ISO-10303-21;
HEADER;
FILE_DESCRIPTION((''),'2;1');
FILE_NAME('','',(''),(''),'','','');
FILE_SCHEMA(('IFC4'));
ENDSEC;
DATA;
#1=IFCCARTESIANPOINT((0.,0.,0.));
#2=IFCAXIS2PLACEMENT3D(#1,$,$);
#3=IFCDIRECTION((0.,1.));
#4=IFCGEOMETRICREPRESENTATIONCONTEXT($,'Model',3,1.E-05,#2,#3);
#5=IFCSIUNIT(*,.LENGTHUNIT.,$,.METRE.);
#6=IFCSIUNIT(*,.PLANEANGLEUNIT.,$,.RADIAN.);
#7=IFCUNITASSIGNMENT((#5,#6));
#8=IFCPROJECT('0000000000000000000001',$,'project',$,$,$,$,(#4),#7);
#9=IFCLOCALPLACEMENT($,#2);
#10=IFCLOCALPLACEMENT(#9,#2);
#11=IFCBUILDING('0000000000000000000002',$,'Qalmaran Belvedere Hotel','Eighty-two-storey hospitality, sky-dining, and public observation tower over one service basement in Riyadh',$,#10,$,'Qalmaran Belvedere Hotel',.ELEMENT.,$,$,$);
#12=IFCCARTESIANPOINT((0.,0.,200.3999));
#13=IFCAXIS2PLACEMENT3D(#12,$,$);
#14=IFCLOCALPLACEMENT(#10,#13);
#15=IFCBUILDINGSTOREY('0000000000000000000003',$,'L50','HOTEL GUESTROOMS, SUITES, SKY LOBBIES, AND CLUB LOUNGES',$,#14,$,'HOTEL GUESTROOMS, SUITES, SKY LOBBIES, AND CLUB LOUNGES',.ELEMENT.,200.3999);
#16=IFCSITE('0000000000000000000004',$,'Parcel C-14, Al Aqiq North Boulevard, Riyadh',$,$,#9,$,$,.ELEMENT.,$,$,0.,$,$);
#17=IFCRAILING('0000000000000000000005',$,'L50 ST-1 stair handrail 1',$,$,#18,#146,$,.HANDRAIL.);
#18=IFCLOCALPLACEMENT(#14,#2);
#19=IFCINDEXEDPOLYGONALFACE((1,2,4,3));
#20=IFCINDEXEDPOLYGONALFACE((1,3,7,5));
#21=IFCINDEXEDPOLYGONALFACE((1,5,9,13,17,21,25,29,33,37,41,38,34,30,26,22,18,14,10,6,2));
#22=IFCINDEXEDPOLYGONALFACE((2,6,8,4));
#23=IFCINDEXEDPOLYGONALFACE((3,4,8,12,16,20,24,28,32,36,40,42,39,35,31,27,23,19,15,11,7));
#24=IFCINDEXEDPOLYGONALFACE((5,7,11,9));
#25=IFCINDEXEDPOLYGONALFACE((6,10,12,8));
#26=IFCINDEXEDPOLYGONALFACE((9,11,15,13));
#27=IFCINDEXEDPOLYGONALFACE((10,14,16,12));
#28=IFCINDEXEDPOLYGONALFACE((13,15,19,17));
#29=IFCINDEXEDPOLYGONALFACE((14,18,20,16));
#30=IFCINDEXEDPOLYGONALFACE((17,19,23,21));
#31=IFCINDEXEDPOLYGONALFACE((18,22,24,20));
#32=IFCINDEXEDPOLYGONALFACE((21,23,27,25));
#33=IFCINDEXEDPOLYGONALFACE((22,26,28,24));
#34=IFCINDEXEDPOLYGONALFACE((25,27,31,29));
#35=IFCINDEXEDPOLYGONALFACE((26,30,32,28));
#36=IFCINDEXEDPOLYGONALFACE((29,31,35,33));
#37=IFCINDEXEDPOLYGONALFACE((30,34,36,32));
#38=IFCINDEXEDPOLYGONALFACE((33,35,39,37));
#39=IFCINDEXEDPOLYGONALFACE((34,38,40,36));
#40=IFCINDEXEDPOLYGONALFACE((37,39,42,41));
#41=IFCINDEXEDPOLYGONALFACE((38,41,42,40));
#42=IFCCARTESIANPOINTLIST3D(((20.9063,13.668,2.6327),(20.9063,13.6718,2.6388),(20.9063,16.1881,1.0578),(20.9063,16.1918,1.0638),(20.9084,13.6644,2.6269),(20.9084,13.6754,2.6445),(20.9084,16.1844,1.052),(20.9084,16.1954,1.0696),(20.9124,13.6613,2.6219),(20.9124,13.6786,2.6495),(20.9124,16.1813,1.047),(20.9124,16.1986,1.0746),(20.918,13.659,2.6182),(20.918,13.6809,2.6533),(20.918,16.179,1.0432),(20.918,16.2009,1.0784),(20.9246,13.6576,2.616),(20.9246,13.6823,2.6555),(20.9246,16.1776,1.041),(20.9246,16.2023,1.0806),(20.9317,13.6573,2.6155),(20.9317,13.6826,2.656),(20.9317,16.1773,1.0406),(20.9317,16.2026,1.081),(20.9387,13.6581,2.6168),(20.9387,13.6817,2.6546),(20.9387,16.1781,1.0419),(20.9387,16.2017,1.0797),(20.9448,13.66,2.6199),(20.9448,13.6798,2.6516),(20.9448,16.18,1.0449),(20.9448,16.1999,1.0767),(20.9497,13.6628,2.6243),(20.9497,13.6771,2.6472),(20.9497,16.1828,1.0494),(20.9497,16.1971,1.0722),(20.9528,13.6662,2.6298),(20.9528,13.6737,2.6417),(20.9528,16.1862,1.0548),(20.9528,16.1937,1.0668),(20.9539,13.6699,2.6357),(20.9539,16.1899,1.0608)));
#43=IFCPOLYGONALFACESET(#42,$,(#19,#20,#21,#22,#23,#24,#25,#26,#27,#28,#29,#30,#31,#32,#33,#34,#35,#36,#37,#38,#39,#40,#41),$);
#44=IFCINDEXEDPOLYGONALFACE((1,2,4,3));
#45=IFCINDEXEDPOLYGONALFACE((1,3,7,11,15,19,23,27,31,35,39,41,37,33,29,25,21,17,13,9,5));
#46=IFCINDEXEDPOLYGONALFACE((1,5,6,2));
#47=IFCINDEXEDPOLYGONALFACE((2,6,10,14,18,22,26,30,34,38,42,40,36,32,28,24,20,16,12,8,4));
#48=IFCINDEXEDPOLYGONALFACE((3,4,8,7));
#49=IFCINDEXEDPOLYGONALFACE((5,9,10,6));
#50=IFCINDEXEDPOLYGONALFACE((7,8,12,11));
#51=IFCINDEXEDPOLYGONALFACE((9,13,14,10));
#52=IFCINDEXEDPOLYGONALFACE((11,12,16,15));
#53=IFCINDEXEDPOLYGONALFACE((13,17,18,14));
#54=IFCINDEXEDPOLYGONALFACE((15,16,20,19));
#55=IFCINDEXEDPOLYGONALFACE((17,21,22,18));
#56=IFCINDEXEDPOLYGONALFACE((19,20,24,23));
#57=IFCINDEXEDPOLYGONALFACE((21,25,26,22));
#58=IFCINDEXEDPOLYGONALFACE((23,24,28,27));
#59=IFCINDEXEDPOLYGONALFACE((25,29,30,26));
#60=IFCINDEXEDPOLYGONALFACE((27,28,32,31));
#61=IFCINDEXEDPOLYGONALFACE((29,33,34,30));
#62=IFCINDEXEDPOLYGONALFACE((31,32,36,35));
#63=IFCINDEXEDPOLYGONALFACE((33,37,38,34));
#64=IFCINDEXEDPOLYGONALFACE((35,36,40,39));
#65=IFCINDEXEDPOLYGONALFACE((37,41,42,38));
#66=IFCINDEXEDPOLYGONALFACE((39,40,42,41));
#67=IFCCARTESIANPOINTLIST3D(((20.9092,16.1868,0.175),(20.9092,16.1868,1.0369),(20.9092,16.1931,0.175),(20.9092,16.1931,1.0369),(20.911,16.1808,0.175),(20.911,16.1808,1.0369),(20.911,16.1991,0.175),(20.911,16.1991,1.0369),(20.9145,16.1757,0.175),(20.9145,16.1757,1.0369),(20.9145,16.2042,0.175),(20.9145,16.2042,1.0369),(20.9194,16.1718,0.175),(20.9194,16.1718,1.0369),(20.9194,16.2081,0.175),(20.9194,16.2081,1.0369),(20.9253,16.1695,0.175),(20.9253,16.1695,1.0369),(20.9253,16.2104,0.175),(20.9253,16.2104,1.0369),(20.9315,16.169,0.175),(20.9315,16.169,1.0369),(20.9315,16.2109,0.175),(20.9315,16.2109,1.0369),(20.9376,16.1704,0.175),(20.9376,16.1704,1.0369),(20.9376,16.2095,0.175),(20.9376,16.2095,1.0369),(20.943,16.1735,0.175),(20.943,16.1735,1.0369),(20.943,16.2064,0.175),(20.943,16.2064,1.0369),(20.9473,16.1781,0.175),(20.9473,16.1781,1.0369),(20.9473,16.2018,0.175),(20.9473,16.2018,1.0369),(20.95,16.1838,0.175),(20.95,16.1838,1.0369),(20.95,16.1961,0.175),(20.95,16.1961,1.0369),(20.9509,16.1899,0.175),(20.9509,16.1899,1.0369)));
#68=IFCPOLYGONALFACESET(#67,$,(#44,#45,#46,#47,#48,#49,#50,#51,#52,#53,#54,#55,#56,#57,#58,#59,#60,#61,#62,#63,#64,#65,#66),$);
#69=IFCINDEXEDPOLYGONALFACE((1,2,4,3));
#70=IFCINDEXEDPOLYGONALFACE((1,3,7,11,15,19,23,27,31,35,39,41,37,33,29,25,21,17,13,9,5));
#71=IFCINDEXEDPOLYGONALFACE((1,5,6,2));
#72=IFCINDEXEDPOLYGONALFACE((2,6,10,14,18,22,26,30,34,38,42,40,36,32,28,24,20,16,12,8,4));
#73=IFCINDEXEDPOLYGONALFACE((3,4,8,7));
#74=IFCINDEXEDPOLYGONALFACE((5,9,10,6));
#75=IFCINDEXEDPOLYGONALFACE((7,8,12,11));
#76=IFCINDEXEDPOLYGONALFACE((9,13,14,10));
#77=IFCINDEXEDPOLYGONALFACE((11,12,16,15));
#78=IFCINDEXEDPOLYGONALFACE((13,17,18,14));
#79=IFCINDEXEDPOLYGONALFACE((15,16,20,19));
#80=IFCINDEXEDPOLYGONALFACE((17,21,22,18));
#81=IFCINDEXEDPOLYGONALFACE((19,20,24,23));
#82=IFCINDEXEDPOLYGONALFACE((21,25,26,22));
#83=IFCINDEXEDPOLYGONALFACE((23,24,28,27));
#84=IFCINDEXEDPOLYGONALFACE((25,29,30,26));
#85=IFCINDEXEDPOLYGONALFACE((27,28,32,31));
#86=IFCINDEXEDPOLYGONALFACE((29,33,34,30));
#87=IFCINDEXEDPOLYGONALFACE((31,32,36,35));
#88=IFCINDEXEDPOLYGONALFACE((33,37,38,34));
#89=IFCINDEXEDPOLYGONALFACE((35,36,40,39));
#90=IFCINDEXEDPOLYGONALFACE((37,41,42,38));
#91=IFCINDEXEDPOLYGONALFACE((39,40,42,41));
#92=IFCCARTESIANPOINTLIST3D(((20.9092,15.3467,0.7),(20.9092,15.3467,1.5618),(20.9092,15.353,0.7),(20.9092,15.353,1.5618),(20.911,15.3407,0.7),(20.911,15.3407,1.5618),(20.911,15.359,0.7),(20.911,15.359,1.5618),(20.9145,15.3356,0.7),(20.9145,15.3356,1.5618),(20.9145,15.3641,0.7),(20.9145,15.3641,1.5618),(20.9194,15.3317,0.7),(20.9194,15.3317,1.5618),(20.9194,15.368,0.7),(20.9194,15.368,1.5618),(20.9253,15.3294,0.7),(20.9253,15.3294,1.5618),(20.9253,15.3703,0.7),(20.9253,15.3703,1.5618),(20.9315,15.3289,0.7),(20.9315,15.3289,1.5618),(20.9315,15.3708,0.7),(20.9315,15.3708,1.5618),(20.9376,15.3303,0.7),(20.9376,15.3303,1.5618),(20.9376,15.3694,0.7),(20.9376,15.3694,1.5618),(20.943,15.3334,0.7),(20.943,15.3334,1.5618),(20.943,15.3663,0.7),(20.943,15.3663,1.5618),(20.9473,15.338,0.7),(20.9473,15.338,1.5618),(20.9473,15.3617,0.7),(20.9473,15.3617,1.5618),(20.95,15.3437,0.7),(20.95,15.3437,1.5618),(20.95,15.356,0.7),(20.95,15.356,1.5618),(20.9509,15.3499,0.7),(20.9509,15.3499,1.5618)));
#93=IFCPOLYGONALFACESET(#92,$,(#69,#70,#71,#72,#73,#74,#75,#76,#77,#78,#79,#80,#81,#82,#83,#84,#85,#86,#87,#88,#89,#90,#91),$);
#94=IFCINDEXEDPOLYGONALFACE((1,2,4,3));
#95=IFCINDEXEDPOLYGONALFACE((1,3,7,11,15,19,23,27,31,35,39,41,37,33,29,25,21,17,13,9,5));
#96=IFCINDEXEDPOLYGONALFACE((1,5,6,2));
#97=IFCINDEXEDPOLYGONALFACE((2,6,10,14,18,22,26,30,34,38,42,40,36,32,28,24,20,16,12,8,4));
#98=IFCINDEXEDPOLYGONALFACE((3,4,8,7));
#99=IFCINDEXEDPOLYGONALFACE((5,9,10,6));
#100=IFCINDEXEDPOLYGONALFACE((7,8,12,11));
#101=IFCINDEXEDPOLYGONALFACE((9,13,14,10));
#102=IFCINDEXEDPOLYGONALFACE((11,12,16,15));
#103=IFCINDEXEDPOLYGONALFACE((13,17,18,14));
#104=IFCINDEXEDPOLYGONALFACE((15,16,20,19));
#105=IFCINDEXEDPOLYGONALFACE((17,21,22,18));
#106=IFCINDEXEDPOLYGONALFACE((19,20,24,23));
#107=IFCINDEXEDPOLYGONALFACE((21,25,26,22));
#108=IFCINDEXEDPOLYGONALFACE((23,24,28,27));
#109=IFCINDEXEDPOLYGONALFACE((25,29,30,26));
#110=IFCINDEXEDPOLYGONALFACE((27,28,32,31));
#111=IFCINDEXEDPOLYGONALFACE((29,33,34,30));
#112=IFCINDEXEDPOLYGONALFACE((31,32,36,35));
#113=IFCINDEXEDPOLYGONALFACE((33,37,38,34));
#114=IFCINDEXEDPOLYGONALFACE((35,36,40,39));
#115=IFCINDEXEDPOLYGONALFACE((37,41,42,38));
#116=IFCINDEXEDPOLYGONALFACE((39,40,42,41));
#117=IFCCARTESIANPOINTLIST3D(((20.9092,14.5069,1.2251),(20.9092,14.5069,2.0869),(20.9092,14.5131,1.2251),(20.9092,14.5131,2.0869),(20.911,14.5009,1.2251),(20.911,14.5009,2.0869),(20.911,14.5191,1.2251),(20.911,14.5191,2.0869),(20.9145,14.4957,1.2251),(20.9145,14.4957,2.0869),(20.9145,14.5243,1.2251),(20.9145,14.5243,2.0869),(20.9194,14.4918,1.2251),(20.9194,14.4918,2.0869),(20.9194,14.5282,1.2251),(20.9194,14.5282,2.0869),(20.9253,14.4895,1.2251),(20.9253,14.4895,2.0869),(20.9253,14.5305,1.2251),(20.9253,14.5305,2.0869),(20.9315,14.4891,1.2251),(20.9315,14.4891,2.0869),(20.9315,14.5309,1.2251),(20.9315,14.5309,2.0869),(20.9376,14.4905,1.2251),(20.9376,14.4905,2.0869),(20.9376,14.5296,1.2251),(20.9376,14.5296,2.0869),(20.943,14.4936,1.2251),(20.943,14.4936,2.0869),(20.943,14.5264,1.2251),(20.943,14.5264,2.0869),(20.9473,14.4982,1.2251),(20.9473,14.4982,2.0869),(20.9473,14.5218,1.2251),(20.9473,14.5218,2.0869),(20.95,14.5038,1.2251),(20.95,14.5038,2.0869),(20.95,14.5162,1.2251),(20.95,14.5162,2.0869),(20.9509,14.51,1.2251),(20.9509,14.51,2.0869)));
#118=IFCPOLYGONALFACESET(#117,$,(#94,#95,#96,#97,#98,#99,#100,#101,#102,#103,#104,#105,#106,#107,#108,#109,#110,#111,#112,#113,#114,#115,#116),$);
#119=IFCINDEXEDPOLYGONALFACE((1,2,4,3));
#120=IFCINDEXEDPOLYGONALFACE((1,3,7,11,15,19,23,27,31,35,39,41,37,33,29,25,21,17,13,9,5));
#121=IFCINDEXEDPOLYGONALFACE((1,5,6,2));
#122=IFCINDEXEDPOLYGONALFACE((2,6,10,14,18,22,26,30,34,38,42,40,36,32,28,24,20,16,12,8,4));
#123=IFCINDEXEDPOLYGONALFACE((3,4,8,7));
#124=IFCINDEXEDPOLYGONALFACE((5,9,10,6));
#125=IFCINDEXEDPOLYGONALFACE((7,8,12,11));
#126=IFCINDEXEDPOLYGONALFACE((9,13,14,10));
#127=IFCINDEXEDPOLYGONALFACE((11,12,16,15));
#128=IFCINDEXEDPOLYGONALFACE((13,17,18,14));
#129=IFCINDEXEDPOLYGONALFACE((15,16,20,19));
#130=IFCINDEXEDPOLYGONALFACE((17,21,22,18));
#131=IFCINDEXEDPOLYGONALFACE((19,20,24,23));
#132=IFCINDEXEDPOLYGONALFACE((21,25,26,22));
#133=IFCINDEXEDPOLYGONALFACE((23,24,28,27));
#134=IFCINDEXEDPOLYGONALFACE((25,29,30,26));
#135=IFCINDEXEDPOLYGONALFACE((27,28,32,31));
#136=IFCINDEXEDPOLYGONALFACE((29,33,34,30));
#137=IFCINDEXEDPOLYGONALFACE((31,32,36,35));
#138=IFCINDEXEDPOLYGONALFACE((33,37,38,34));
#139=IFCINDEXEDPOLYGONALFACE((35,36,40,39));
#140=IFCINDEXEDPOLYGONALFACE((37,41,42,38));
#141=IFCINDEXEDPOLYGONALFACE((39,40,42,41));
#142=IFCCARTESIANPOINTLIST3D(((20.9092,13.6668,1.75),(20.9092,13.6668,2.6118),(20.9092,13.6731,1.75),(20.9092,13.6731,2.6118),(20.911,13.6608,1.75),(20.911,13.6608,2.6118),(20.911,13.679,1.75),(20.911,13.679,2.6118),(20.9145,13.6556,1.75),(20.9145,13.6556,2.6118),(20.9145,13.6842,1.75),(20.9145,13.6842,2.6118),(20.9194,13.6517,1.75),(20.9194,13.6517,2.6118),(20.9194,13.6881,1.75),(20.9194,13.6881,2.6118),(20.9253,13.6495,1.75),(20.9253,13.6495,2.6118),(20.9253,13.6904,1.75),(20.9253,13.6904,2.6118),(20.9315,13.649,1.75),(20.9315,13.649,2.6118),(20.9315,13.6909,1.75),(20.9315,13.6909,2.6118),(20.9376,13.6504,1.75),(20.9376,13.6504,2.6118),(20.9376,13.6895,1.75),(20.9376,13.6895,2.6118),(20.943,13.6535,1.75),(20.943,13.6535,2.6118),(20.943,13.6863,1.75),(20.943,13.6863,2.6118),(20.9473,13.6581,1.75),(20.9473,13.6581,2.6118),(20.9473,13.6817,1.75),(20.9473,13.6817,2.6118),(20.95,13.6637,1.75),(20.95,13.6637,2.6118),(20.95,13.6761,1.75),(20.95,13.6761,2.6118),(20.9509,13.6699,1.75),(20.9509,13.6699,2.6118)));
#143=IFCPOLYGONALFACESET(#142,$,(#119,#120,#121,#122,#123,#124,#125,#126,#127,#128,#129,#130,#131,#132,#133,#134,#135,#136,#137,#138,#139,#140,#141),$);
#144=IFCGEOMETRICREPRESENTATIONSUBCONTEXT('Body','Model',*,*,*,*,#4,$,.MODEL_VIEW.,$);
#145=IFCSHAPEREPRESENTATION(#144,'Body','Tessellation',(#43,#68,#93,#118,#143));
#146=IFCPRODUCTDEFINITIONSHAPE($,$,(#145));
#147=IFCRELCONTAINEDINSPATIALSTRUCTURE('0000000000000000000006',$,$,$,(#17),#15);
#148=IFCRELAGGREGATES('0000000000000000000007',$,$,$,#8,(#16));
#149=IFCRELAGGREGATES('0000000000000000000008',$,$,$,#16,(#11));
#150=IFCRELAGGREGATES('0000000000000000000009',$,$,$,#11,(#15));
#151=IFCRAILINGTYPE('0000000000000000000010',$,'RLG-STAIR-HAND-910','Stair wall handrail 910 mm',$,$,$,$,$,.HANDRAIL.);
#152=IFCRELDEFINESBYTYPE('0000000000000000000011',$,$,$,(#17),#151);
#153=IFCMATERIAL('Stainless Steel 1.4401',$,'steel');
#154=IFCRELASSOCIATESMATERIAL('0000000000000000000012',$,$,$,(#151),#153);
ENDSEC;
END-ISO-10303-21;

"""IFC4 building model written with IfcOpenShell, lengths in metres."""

from ifc_helpers import new_model, si_unit, direction, frame, origin, origin_2d, place, context, subcontext, project, spatial, circle, extrude, material, type_object, element, save


model = new_model("IFC4")

# Units and contexts
model_context = context("Model", 3, precision=1e-05, world=origin(), true_north=direction((0.0, 1.0)))
body_context = subcontext(model_context, "Body", "Model", "MODEL_VIEW")
ifc_project = project(units=[si_unit("LENGTHUNIT", "METRE"), si_unit("PLANEANGLEUNIT", "RADIAN")], contexts=[model_context])

# Site, building, storey
site_placement = place(None, origin())
site = spatial("IfcSite", under=ifc_project, at=site_placement, Name="Parcel C-14, Al Aqiq North Boulevard, Riyadh", CompositionType="ELEMENT", RefElevation=0.0)
building_placement = place(site_placement, origin())
building = spatial("IfcBuilding", under=site, at=building_placement, Name="Qalmaran Belvedere Hotel", Description="Eighty-two-storey hospitality, sky-dining, and public observation tower over one service basement in Riyadh", LongName="Qalmaran Belvedere Hotel", CompositionType="ELEMENT")
storey_placement = place(building_placement, frame((0.0, 0.0, 200.3999)))
storey = spatial("IfcBuildingStorey", under=building, at=storey_placement, Name="L50", Description="HOTEL GUESTROOMS, SUITES, SKY LOBBIES, AND CLUB LOUNGES", LongName="HOTEL GUESTROOMS, SUITES, SKY LOBBIES, AND CLUB LOUNGES", CompositionType="ELEMENT", Elevation=200.3999)

# Shared definitions
ifc_material_1 = material(Name="Stainless Steel 1.4401", Category="steel")

# Railing
railing_type_1 = type_object("IfcRailingType", Name="RLG-STAIR-HAND-910", Description="Stair wall handrail 910 mm", PredefinedType="HANDRAIL", material=ifc_material_1)
railing_1_placement = place(storey_placement, frame((20.9299, 16.1899, 0.175)))
element("IfcRailing", 1, at=railing_1_placement, inside=storey, type_object=railing_type_1, Name="L50 ST-1 stair handrail 1", PredefinedType="HANDRAIL", context=body_context, shape_type="SweptSolid", body=[
    extrude(circle(Radius=0.0239, at=origin_2d()), frame((0.0, 0.0, 0.8857), z_axis=(0.0, -0.848008, 0.529984), x_axis=(1.0, 0.0, 0.0)), (0.0, 0.0, 1.0), 2.9717),
    extrude(circle(Radius=0.021, at=origin_2d()), origin(), (0.0, 0.0, 1.0), 0.8618),
    extrude(circle(Radius=0.021, at=origin_2d()), frame((0.0, -0.8401, 0.5249)), (0.0, 0.0, 1.0), 0.8618),
    extrude(circle(Radius=0.021, at=origin_2d()), frame((0.0, -1.6799, 1.05)), (0.0, 0.0, 1.0), 0.8618),
    extrude(circle(Radius=0.021, at=origin_2d()), frame((0.0, -2.52, 1.575)), (0.0, 0.0, 1.0), 0.8618),
])

save(model, "model.ifc")
